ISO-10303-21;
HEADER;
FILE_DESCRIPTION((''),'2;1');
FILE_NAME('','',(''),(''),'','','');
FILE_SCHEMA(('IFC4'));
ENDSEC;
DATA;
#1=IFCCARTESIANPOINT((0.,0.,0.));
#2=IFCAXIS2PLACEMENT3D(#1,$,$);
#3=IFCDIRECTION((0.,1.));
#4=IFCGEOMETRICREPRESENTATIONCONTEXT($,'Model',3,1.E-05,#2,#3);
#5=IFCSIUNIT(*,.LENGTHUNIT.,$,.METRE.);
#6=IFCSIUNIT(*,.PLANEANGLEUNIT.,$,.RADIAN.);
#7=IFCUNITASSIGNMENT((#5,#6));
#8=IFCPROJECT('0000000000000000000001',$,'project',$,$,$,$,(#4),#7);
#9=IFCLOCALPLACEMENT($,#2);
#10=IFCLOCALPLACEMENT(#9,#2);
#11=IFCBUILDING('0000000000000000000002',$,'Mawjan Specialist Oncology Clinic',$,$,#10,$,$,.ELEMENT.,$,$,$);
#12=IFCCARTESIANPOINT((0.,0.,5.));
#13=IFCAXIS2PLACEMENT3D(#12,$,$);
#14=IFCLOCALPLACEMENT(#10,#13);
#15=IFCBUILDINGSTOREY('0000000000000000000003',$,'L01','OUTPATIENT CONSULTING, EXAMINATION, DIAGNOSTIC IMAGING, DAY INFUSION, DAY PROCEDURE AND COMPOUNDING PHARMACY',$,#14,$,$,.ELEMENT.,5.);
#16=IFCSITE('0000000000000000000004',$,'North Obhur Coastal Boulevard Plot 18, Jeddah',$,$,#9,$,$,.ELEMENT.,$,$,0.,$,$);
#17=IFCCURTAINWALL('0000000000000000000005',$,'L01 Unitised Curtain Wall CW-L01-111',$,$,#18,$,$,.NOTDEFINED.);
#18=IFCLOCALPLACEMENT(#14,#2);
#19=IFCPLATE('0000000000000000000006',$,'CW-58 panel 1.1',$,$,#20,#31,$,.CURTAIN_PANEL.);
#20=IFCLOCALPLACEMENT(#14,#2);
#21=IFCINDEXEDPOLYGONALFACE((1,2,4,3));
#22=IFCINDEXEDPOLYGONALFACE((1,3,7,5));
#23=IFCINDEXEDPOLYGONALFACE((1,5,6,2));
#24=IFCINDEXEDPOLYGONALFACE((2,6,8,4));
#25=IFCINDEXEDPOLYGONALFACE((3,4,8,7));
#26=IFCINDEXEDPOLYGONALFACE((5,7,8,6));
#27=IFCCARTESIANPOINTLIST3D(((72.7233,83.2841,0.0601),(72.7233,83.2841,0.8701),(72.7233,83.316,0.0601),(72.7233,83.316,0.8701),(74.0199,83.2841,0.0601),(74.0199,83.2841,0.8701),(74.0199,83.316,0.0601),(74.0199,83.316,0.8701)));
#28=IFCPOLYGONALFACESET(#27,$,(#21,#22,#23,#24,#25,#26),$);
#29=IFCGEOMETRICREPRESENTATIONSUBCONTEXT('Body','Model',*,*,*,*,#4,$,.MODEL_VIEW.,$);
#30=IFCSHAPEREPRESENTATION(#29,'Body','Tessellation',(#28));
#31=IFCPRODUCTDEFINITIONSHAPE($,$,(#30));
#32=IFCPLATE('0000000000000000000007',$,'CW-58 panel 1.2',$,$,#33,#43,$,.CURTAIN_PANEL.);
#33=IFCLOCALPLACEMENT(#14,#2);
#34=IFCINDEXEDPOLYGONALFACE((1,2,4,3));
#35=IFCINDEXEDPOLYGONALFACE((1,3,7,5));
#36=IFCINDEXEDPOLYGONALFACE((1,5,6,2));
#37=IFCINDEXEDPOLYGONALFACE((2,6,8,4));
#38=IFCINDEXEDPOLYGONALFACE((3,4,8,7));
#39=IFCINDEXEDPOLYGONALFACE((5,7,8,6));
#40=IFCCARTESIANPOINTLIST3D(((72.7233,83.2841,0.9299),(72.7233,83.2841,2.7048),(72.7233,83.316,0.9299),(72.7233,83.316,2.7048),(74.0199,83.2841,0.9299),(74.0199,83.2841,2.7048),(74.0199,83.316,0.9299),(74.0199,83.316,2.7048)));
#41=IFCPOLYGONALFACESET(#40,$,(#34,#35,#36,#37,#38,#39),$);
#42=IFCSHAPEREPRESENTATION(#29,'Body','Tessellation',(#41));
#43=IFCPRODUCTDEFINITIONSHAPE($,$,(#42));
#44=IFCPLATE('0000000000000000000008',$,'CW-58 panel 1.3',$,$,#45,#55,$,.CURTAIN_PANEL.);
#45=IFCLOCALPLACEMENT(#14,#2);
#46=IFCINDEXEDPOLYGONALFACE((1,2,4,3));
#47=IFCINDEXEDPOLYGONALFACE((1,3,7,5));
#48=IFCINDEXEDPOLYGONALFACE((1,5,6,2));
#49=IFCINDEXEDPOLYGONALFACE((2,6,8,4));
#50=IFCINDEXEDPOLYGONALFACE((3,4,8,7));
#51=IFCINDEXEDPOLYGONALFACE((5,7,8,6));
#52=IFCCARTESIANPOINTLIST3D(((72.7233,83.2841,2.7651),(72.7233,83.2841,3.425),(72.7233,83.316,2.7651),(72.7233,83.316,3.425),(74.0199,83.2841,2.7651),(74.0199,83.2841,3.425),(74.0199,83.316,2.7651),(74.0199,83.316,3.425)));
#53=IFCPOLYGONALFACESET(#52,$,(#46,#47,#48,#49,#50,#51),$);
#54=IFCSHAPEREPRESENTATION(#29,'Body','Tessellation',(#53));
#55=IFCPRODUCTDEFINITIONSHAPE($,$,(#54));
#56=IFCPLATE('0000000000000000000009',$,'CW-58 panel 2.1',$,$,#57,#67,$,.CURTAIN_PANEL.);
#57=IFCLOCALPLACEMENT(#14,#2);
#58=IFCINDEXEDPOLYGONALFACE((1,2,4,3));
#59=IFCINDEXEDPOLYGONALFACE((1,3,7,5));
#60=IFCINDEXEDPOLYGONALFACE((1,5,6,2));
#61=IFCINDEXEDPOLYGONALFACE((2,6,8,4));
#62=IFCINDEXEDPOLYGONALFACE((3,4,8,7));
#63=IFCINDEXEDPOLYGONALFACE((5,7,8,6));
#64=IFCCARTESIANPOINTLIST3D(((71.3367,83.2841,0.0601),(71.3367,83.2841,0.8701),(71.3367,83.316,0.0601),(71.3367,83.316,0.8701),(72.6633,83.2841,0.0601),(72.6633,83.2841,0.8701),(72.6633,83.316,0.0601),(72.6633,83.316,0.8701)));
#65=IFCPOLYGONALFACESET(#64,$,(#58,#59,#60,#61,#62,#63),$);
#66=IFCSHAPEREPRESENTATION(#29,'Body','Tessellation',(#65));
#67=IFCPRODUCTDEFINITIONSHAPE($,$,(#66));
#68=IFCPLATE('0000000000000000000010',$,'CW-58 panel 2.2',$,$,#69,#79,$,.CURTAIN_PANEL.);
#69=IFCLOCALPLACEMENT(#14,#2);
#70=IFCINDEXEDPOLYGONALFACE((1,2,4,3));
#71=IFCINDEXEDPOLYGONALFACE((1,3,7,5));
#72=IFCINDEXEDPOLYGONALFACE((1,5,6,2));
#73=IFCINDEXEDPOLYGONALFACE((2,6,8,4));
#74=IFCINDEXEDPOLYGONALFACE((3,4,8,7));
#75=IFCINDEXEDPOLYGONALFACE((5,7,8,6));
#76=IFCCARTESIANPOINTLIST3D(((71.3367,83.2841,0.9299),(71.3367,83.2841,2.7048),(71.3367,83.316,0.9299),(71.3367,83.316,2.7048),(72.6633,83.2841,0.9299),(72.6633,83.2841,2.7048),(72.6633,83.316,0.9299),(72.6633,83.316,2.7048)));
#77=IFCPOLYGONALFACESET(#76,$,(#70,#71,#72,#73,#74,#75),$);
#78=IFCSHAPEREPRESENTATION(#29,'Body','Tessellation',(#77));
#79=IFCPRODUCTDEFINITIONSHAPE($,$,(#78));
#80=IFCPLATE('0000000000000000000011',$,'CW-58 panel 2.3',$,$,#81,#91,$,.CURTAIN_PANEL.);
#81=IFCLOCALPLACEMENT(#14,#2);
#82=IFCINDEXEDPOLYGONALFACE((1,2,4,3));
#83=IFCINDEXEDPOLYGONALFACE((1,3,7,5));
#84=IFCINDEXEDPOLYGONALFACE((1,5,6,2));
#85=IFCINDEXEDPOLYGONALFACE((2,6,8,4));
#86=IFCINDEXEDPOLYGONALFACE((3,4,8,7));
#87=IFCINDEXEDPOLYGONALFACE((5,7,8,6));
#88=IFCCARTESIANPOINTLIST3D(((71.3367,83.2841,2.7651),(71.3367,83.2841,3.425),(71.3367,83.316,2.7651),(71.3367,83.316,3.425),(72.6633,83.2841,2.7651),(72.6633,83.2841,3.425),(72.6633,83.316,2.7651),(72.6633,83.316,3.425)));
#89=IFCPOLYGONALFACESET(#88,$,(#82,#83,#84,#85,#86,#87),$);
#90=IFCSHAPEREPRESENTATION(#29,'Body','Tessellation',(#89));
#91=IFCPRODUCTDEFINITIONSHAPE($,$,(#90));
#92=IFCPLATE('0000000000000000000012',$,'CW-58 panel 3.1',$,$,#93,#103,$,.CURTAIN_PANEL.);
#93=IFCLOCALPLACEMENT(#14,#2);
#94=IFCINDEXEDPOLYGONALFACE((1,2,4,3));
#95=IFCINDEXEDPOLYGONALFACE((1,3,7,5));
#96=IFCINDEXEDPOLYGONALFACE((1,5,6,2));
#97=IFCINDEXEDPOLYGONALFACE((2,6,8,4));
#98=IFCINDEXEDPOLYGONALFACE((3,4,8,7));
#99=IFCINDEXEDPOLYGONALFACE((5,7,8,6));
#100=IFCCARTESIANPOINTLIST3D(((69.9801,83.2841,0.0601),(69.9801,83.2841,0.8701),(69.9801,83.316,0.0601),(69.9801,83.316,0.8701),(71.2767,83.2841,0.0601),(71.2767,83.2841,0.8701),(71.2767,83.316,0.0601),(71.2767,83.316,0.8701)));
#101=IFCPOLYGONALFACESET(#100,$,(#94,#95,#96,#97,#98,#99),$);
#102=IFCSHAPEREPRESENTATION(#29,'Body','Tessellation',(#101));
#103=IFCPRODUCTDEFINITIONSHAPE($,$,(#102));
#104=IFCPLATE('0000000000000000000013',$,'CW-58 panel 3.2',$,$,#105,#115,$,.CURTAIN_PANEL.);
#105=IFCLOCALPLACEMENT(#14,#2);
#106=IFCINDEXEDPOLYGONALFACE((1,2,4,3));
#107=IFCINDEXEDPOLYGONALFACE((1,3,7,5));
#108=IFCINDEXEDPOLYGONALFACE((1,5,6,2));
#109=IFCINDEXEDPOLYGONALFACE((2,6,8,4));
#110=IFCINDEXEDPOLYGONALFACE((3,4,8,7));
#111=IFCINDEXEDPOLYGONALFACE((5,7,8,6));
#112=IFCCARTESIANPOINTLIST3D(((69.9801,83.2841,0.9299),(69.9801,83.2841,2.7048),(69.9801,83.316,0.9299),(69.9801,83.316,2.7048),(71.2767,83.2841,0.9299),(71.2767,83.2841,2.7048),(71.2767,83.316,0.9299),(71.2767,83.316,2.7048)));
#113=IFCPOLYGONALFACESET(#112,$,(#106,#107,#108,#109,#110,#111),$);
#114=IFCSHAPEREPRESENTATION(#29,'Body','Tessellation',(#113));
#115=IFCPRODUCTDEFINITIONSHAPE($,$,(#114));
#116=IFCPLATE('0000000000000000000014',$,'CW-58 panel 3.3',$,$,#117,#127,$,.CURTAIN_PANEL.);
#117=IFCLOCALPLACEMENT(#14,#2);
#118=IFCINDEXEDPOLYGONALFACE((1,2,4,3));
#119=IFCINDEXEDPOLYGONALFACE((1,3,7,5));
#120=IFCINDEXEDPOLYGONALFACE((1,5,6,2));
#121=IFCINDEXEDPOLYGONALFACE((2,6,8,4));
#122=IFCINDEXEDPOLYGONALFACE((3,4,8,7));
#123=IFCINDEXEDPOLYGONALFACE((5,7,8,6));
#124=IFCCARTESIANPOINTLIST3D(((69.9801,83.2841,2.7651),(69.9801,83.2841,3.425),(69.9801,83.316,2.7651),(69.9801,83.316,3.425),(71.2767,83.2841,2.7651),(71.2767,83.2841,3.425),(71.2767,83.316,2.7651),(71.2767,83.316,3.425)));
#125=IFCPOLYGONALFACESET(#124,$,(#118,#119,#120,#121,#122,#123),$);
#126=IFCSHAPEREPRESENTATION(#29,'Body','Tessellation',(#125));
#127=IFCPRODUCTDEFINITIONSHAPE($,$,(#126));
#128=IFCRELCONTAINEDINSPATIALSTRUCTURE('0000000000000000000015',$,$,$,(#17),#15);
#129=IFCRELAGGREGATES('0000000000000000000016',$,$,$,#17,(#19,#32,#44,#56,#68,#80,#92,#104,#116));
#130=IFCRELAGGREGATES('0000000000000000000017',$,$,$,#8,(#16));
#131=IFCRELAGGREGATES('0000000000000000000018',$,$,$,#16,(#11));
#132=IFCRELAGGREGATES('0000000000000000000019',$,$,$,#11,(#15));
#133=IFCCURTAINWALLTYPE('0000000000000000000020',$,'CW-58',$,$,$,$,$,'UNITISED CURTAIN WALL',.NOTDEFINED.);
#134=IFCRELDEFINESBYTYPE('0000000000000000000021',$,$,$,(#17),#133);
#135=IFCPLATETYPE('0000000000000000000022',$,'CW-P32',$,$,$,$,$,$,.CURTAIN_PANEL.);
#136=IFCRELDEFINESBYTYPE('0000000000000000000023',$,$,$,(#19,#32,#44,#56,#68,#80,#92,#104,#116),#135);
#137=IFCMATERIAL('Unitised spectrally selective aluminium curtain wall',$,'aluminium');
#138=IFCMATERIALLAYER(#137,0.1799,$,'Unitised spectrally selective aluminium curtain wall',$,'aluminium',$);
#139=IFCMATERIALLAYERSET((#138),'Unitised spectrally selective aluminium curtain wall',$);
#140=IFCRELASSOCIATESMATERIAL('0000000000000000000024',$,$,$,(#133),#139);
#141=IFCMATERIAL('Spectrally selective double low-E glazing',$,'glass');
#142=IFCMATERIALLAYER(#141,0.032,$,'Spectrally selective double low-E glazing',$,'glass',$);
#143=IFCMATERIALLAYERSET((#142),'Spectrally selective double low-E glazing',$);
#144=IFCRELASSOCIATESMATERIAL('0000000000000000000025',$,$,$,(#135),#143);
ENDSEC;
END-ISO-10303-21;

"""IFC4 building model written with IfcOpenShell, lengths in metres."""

from ifc_helpers import new_model, si_unit, direction, frame, origin, origin_2d, place, context, subcontext, project, spatial, rectangle, extrude, material, layer, layer_set, type_object, element, aggregate, save


model = new_model("IFC4")

# Units and contexts
model_context = context("Model", 3, precision=1e-05, world=origin(), true_north=direction((0.0, 1.0)))
body_context = subcontext(model_context, "Body", "Model", "MODEL_VIEW")
ifc_project = project(units=[si_unit("LENGTHUNIT", "METRE"), si_unit("PLANEANGLEUNIT", "RADIAN")], contexts=[model_context])

# Site, building, storey
site_placement = place(None, origin())
site = spatial("IfcSite", under=ifc_project, at=site_placement, Name="North Obhur Coastal Boulevard Plot 18, Jeddah", CompositionType="ELEMENT", RefElevation=0.0)
building_placement = place(site_placement, origin())
building = spatial("IfcBuilding", under=site, at=building_placement, Name="Mawjan Specialist Oncology Clinic", CompositionType="ELEMENT")
storey_placement = place(building_placement, frame((0.0, 0.0, 5.0)))
storey = spatial("IfcBuildingStorey", under=building, at=storey_placement, Name="L01", Description="OUTPATIENT CONSULTING, EXAMINATION, DIAGNOSTIC IMAGING, DAY INFUSION, DAY PROCEDURE AND COMPOUNDING PHARMACY", CompositionType="ELEMENT", Elevation=5.0)

# Shared definitions
ifc_material_1 = material(Name="Unitised spectrally selective aluminium curtain wall", Category="aluminium")
ifc_layer_1 = layer(ifc_material_1, 0.1799, Name="Unitised spectrally selective aluminium curtain wall", Category="aluminium")
ifc_layer_set_1 = layer_set([ifc_layer_1], Name="Unitised spectrally selective aluminium curtain wall")
curtain_wall_type = type_object("IfcCurtainWallType", Name="CW-58", ElementType="UNITISED CURTAIN WALL", PredefinedType="NOTDEFINED", material=ifc_layer_set_1)

# Curtain wall
curtain_wall_1_placement = place(storey_placement, origin())
curtain_wall_1 = element("IfcCurtainWall", 1, at=curtain_wall_1_placement, inside=storey, type_object=curtain_wall_type, Name="L01 Unitised Curtain Wall CW-L01-111", PredefinedType="NOTDEFINED")

# Plates
ifc_material_2 = material(Name="Spectrally selective double low-E glazing", Category="glass")
ifc_layer_2 = layer(ifc_material_2, 0.032, Name="Spectrally selective double low-E glazing", Category="glass")
ifc_layer_set_2 = layer_set([ifc_layer_2], Name="Spectrally selective double low-E glazing")
plate_type = type_object("IfcPlateType", Name="CW-P32", PredefinedType="CURTAIN_PANEL", material=ifc_layer_set_2)
plate_1_placement = place(storey_placement, frame((73.3716, 83.3, 0.0601), z_axis=(0.0, 0.0, 1.0), x_axis=(-1.0, 0.0, 0.0)))
plate_1 = element("IfcPlate", 2, at=plate_1_placement, type_object=plate_type, Name="CW-58 panel 1.1", PredefinedType="CURTAIN_PANEL", context=body_context, shape_type="SweptSolid", body=[
    extrude(rectangle(XDim=1.2966, YDim=0.032, at=origin_2d()), origin(), (0.0, 0.0, 1.0), 0.8101),
])
plate_2_placement = place(storey_placement, frame((73.3716, 83.3, 0.9299), z_axis=(0.0, 0.0, 1.0), x_axis=(-1.0, 0.0, 0.0)))
plate_2 = element("IfcPlate", 3, at=plate_2_placement, type_object=plate_type, Name="CW-58 panel 1.2", PredefinedType="CURTAIN_PANEL", context=body_context, shape_type="SweptSolid", body=[
    extrude(rectangle(XDim=1.2966, YDim=0.032, at=origin_2d()), origin(), (0.0, 0.0, 1.0), 1.7749),
])
plate_3_placement = place(storey_placement, frame((73.3716, 83.3, 2.7651), z_axis=(0.0, 0.0, 1.0), x_axis=(-1.0, 0.0, 0.0)))
plate_3 = element("IfcPlate", 4, at=plate_3_placement, type_object=plate_type, Name="CW-58 panel 1.3", PredefinedType="CURTAIN_PANEL", context=body_context, shape_type="SweptSolid", body=[
    extrude(rectangle(XDim=1.2966, YDim=0.032, at=origin_2d()), origin(), (0.0, 0.0, 1.0), 0.6599),
])
plate_4_placement = place(storey_placement, frame((72.0, 83.3, 0.0601), z_axis=(0.0, 0.0, 1.0), x_axis=(-1.0, 0.0, 0.0)))
plate_4 = element("IfcPlate", 5, at=plate_4_placement, type_object=plate_type, Name="CW-58 panel 2.1", PredefinedType="CURTAIN_PANEL", context=body_context, shape_type="SweptSolid", body=[
    extrude(rectangle(XDim=1.3267, YDim=0.032, at=origin_2d()), origin(), (0.0, 0.0, 1.0), 0.8101),
])
plate_5_placement = place(storey_placement, frame((72.0, 83.3, 0.9299), z_axis=(0.0, 0.0, 1.0), x_axis=(-1.0, 0.0, 0.0)))
plate_5 = element("IfcPlate", 6, at=plate_5_placement, type_object=plate_type, Name="CW-58 panel 2.2", PredefinedType="CURTAIN_PANEL", context=body_context, shape_type="SweptSolid", body=[
    extrude(rectangle(XDim=1.3267, YDim=0.032, at=origin_2d()), origin(), (0.0, 0.0, 1.0), 1.7749),
])
plate_6_placement = place(storey_placement, frame((72.0, 83.3, 2.7651), z_axis=(0.0, 0.0, 1.0), x_axis=(-1.0, 0.0, 0.0)))
plate_6 = element("IfcPlate", 7, at=plate_6_placement, type_object=plate_type, Name="CW-58 panel 2.3", PredefinedType="CURTAIN_PANEL", context=body_context, shape_type="SweptSolid", body=[
    extrude(rectangle(XDim=1.3267, YDim=0.032, at=origin_2d()), origin(), (0.0, 0.0, 1.0), 0.6599),
])
plate_7_placement = place(storey_placement, frame((70.6284, 83.3, 0.0601), z_axis=(0.0, 0.0, 1.0), x_axis=(-1.0, 0.0, 0.0)))
plate_7 = element("IfcPlate", 8, at=plate_7_placement, type_object=plate_type, Name="CW-58 panel 3.1", PredefinedType="CURTAIN_PANEL", context=body_context, shape_type="SweptSolid", body=[
    extrude(rectangle(XDim=1.2966, YDim=0.032, at=origin_2d()), origin(), (0.0, 0.0, 1.0), 0.8101),
])
plate_8_placement = place(storey_placement, frame((70.6284, 83.3, 0.9299), z_axis=(0.0, 0.0, 1.0), x_axis=(-1.0, 0.0, 0.0)))
plate_8 = element("IfcPlate", 9, at=plate_8_placement, type_object=plate_type, Name="CW-58 panel 3.2", PredefinedType="CURTAIN_PANEL", context=body_context, shape_type="SweptSolid", body=[
    extrude(rectangle(XDim=1.2966, YDim=0.032, at=origin_2d()), origin(), (0.0, 0.0, 1.0), 1.7749),
])
plate_9_placement = place(storey_placement, frame((70.6284, 83.3, 2.7651), z_axis=(0.0, 0.0, 1.0), x_axis=(-1.0, 0.0, 0.0)))
plate_9 = element("IfcPlate", 10, at=plate_9_placement, type_object=plate_type, Name="CW-58 panel 3.3", PredefinedType="CURTAIN_PANEL", context=body_context, shape_type="SweptSolid", body=[
    extrude(rectangle(XDim=1.2966, YDim=0.032, at=origin_2d()), origin(), (0.0, 0.0, 1.0), 0.6599),
])
aggregate(curtain_wall_1, [plate_1, plate_2, plate_3, plate_4, plate_5, plate_6, plate_7, plate_8, plate_9])

save(model, "model.ifc")
